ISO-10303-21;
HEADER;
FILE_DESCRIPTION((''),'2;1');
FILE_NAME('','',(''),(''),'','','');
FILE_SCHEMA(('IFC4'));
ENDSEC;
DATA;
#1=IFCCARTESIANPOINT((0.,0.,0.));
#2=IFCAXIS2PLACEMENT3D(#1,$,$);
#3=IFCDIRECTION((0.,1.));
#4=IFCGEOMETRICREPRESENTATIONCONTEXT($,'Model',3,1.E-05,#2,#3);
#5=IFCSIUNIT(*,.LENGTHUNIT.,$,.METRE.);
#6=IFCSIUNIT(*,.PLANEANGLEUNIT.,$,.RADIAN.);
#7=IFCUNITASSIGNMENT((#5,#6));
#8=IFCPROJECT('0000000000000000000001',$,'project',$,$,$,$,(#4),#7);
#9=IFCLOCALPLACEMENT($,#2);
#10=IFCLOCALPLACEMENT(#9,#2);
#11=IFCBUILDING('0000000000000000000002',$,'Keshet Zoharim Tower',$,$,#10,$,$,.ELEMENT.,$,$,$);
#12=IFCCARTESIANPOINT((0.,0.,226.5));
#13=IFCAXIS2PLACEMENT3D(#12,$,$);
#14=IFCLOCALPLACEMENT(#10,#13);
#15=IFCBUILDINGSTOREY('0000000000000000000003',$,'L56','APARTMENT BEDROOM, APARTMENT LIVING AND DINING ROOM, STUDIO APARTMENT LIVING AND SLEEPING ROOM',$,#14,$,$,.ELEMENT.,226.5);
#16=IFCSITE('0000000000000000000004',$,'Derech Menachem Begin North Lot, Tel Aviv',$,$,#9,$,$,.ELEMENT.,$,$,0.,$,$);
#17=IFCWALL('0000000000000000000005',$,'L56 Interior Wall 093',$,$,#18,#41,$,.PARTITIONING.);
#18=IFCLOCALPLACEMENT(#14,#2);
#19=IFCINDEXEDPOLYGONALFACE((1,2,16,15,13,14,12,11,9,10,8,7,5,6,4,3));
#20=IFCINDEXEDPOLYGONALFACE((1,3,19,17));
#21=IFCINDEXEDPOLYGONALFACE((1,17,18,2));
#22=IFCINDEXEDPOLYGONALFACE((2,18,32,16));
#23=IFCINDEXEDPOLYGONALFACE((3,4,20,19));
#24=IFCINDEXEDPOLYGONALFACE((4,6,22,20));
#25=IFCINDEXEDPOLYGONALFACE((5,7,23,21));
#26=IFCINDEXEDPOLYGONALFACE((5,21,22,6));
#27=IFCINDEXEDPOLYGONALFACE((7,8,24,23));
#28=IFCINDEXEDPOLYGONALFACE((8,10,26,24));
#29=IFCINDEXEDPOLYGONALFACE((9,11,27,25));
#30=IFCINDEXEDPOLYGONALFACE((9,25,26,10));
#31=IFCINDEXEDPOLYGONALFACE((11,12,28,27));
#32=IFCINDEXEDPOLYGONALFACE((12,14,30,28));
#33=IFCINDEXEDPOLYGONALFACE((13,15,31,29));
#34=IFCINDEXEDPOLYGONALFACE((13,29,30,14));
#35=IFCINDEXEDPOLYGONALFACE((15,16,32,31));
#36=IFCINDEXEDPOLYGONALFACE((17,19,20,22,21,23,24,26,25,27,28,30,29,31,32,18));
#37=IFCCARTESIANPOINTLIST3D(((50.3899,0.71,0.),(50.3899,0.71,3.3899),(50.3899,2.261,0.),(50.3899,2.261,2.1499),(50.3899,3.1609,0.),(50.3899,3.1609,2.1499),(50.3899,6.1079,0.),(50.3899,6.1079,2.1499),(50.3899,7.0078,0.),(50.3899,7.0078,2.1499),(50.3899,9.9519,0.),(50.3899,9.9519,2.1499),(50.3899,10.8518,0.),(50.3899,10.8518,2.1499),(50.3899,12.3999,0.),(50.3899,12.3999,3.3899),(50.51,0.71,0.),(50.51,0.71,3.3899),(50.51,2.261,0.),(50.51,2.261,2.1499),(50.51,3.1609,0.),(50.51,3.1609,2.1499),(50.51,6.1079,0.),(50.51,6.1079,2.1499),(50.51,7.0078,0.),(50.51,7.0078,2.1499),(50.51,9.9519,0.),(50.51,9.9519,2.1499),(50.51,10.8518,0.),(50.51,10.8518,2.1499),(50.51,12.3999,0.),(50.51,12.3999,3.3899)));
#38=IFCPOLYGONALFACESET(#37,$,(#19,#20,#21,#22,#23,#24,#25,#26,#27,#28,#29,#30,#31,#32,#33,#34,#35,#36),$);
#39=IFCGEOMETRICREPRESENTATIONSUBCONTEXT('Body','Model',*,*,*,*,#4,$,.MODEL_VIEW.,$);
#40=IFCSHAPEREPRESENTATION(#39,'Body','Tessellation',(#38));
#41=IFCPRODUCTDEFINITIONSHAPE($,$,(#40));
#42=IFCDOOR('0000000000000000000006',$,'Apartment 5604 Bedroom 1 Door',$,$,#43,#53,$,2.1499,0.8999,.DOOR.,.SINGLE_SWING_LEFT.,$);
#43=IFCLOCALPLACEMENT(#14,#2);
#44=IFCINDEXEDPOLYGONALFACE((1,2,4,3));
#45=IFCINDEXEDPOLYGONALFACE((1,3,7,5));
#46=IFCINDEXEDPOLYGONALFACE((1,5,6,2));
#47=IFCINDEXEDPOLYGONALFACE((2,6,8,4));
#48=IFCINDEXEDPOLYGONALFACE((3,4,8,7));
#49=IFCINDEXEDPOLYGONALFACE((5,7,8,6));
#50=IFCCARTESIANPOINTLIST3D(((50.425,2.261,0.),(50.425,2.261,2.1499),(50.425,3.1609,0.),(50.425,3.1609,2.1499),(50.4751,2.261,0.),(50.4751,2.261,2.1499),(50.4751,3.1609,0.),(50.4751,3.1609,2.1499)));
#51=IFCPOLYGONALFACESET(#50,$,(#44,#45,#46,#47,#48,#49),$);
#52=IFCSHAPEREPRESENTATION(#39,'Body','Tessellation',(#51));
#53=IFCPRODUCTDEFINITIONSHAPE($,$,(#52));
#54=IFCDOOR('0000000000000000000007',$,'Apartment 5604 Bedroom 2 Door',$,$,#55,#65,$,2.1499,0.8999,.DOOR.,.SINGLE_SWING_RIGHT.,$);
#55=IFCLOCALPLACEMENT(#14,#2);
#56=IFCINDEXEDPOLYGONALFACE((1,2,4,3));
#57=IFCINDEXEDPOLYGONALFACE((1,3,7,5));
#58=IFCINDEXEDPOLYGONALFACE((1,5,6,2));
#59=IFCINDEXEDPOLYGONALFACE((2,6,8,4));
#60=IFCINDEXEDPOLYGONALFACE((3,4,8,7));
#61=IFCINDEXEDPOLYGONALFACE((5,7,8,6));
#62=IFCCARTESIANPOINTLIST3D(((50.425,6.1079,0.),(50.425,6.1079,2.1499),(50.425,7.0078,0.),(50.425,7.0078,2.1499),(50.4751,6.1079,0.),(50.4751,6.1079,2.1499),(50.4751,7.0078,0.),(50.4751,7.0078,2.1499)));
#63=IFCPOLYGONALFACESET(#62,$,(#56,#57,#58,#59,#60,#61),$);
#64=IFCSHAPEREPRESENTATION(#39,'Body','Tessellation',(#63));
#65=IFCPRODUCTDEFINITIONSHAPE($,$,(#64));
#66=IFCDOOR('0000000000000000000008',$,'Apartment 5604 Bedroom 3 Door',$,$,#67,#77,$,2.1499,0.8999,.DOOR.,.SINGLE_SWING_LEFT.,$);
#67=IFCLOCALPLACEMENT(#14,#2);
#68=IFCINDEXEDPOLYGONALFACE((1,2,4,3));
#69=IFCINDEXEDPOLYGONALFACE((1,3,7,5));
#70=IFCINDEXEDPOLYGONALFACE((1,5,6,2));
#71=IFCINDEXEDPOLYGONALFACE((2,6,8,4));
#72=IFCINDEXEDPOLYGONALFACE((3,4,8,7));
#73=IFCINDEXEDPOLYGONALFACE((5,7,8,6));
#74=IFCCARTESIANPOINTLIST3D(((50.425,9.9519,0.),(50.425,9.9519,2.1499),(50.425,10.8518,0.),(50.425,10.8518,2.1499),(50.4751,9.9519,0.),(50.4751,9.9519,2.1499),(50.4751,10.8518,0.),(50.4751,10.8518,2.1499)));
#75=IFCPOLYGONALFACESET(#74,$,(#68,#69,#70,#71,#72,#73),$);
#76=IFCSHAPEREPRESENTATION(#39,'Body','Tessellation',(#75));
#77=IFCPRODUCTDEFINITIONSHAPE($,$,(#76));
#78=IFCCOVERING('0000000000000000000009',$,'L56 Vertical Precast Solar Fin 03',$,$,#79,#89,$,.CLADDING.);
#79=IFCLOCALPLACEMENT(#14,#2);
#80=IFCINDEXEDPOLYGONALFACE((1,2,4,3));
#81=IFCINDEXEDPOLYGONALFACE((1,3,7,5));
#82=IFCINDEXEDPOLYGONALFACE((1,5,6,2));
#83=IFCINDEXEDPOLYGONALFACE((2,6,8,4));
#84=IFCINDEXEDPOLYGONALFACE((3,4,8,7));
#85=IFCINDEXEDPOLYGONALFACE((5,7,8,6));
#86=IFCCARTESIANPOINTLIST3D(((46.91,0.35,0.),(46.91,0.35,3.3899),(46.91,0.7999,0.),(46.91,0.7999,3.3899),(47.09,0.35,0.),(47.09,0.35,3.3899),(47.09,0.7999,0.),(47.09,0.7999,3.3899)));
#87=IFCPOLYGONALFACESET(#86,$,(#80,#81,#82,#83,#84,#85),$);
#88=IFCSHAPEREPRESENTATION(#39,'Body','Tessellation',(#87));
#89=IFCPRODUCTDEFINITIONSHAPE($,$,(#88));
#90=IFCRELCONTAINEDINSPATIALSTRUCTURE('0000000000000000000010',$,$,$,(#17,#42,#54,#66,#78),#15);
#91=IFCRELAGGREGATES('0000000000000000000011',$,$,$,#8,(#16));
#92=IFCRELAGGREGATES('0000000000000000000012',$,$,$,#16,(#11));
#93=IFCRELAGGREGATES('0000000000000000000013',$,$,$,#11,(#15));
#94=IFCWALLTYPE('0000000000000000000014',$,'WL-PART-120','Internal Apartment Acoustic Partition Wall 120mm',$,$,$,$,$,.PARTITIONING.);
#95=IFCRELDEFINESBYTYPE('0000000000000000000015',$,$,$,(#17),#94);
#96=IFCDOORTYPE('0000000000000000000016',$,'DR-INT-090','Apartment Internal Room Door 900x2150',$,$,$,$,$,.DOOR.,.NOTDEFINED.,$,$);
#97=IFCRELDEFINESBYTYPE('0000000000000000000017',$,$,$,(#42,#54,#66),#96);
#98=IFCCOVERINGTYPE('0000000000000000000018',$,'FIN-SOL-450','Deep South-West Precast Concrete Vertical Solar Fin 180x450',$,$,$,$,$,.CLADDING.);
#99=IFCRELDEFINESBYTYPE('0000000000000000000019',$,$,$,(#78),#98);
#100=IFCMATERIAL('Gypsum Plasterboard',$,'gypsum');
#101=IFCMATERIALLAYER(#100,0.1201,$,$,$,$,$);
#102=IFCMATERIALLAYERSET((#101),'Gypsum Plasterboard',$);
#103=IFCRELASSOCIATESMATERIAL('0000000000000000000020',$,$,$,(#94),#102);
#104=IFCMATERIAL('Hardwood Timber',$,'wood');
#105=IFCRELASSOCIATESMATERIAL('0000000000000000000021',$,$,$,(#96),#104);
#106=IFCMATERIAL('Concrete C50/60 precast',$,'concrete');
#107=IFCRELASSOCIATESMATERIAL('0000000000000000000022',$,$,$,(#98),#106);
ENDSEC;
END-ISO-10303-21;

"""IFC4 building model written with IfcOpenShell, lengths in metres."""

from ifc_helpers import new_model, si_unit, direction, frame, frame_2d, origin, origin_2d, place, context, subcontext, project, spatial, rectangle, extrude, material, layer, layer_set, type_object, element, fill, save


model = new_model("IFC4")

# Units and contexts
model_context = context("Model", 3, precision=1e-05, world=origin(), true_north=direction((0.0, 1.0)))
body_context = subcontext(model_context, "Body", "Model", "MODEL_VIEW")
ifc_project = project(units=[si_unit("LENGTHUNIT", "METRE"), si_unit("PLANEANGLEUNIT", "RADIAN")], contexts=[model_context])

# Site, building, storey
site_placement = place(None, origin())
site = spatial("IfcSite", under=ifc_project, at=site_placement, Name="Derech Menachem Begin North Lot, Tel Aviv", CompositionType="ELEMENT", RefElevation=0.0)
building_placement = place(site_placement, origin())
building = spatial("IfcBuilding", under=site, at=building_placement, Name="Keshet Zoharim Tower", CompositionType="ELEMENT")
storey_placement = place(building_placement, frame((0.0, 0.0, 226.5)))
storey = spatial("IfcBuildingStorey", under=building, at=storey_placement, Name="L56", Description="APARTMENT BEDROOM, APARTMENT LIVING AND DINING ROOM, STUDIO APARTMENT LIVING AND SLEEPING ROOM", CompositionType="ELEMENT", Elevation=226.5)

# Shared definitions
ifc_material_1 = material(Name="Gypsum Plasterboard", Category="gypsum")
ifc_layer_1 = layer(ifc_material_1, 0.1201)
ifc_layer_set_1 = layer_set([ifc_layer_1], Name="Gypsum Plasterboard")
wall_type = type_object("IfcWallType", Name="WL-PART-120", Description="Internal Apartment Acoustic Partition Wall 120mm", PredefinedType="PARTITIONING", material=ifc_layer_set_1)

# Wall, openings, doors
wall_1_placement = place(storey_placement, frame((50.45, 0.71, 0.0), z_axis=(0.0, 0.0, 1.0), x_axis=(0.0, 1.0, 0.0)))
wall_1 = element("IfcWall", 1, at=wall_1_placement, inside=storey, type_object=wall_type, Name="L56 Interior Wall 093", PredefinedType="PARTITIONING", context=body_context, shape_type="SweptSolid", body=[
    extrude(rectangle(XDim=11.6899, YDim=0.1201, at=frame_2d((5.845, 0.0))), origin(), (0.0, 0.0, 1.0), 3.3899),
])
opening_1_placement = place(wall_1_placement, frame((1.551, 0.0, 0.0)))
opening_1 = element("IfcOpeningElement", 2, at=opening_1_placement, cuts=wall_1, PredefinedType="OPENING", context=body_context, shape_type="SweptSolid", body=[
    extrude(rectangle(XDim=0.8999, YDim=2.1499, at=frame_2d((0.45, 1.075))), frame((0.0, 0.0701, 0.0), z_axis=(0.0, -1.0, 0.0), x_axis=(1.0, 0.0, 0.0)), (0.0, 0.0, 1.0), 0.1401),
])
opening_2_placement = place(wall_1_placement, frame((5.3979, 0.0, 0.0)))
opening_2 = element("IfcOpeningElement", 3, at=opening_2_placement, cuts=wall_1, PredefinedType="OPENING", context=body_context, shape_type="SweptSolid", body=[
    extrude(rectangle(XDim=0.8999, YDim=2.1499, at=frame_2d((0.45, 1.075))), frame((0.0, 0.0701, 0.0), z_axis=(0.0, -1.0, 0.0), x_axis=(1.0, 0.0, 0.0)), (0.0, 0.0, 1.0), 0.1401),
])
opening_3_placement = place(wall_1_placement, frame((9.2419, 0.0, 0.0)))
opening_3 = element("IfcOpeningElement", 4, at=opening_3_placement, cuts=wall_1, PredefinedType="OPENING", context=body_context, shape_type="SweptSolid", body=[
    extrude(rectangle(XDim=0.8999, YDim=2.1499, at=frame_2d((0.45, 1.075))), frame((0.0, 0.0701, 0.0), z_axis=(0.0, -1.0, 0.0), x_axis=(1.0, 0.0, 0.0)), (0.0, 0.0, 1.0), 0.1401),
])
ifc_material_2 = material(Name="Hardwood Timber", Category="wood")
door_type = type_object("IfcDoorType", Name="DR-INT-090", Description="Apartment Internal Room Door 900x2150", OperationType="NOTDEFINED", PredefinedType="DOOR", material=ifc_material_2)
door_1_placement = place(opening_1_placement, origin())
door_1 = element("IfcDoor", 5, at=door_1_placement, inside=storey, type_object=door_type, Name="Apartment 5604 Bedroom 1 Door", OperationType="SINGLE_SWING_LEFT", OverallHeight=2.1499, OverallWidth=0.8999, PredefinedType="DOOR", context=body_context, shape_type="SweptSolid", body=[
    extrude(rectangle(XDim=0.8999, YDim=2.1499, at=frame_2d((0.45, 1.075))), frame((0.0, 0.0249, 0.0), z_axis=(0.0, -1.0, 0.0), x_axis=(1.0, 0.0, 0.0)), (0.0, 0.0, 1.0), 0.05),
])
fill(opening_1, door_1)
door_2_placement = place(opening_2_placement, origin())
door_2 = element("IfcDoor", 6, at=door_2_placement, inside=storey, type_object=door_type, Name="Apartment 5604 Bedroom 2 Door", OperationType="SINGLE_SWING_RIGHT", OverallHeight=2.1499, OverallWidth=0.8999, PredefinedType="DOOR", context=body_context, shape_type="SweptSolid", body=[
    extrude(rectangle(XDim=0.8999, YDim=2.1499, at=frame_2d((0.45, 1.075))), frame((0.0, 0.0249, 0.0), z_axis=(0.0, -1.0, 0.0), x_axis=(1.0, 0.0, 0.0)), (0.0, 0.0, 1.0), 0.05),
])
fill(opening_2, door_2)
door_3_placement = place(opening_3_placement, origin())
door_3 = element("IfcDoor", 7, at=door_3_placement, inside=storey, type_object=door_type, Name="Apartment 5604 Bedroom 3 Door", OperationType="SINGLE_SWING_LEFT", OverallHeight=2.1499, OverallWidth=0.8999, PredefinedType="DOOR", context=body_context, shape_type="SweptSolid", body=[
    extrude(rectangle(XDim=0.8999, YDim=2.1499, at=frame_2d((0.45, 1.075))), frame((0.0, 0.0249, 0.0), z_axis=(0.0, -1.0, 0.0), x_axis=(1.0, 0.0, 0.0)), (0.0, 0.0, 1.0), 0.05),
])
fill(opening_3, door_3)

# Covering
ifc_material_3 = material(Name="Concrete C50/60 precast", Category="concrete")
covering_type = type_object("IfcCoveringType", Name="FIN-SOL-450", Description="Deep South-West Precast Concrete Vertical Solar Fin 180x450", PredefinedType="CLADDING", material=ifc_material_3)
covering_placement = place(storey_placement, frame((47.0, 0.575, 0.0), z_axis=(0.0, 0.0, 1.0), x_axis=(-1.0, 0.0, 0.0)))
element("IfcCovering", 8, at=covering_placement, inside=storey, type_object=covering_type, Name="L56 Vertical Precast Solar Fin 03", PredefinedType="CLADDING", context=body_context, shape_type="SweptSolid", body=[
    extrude(rectangle(XDim=0.1799, YDim=0.45, at=origin_2d()), origin(), (0.0, 0.0, 1.0), 3.3899),
])

save(model, "model.ifc")
